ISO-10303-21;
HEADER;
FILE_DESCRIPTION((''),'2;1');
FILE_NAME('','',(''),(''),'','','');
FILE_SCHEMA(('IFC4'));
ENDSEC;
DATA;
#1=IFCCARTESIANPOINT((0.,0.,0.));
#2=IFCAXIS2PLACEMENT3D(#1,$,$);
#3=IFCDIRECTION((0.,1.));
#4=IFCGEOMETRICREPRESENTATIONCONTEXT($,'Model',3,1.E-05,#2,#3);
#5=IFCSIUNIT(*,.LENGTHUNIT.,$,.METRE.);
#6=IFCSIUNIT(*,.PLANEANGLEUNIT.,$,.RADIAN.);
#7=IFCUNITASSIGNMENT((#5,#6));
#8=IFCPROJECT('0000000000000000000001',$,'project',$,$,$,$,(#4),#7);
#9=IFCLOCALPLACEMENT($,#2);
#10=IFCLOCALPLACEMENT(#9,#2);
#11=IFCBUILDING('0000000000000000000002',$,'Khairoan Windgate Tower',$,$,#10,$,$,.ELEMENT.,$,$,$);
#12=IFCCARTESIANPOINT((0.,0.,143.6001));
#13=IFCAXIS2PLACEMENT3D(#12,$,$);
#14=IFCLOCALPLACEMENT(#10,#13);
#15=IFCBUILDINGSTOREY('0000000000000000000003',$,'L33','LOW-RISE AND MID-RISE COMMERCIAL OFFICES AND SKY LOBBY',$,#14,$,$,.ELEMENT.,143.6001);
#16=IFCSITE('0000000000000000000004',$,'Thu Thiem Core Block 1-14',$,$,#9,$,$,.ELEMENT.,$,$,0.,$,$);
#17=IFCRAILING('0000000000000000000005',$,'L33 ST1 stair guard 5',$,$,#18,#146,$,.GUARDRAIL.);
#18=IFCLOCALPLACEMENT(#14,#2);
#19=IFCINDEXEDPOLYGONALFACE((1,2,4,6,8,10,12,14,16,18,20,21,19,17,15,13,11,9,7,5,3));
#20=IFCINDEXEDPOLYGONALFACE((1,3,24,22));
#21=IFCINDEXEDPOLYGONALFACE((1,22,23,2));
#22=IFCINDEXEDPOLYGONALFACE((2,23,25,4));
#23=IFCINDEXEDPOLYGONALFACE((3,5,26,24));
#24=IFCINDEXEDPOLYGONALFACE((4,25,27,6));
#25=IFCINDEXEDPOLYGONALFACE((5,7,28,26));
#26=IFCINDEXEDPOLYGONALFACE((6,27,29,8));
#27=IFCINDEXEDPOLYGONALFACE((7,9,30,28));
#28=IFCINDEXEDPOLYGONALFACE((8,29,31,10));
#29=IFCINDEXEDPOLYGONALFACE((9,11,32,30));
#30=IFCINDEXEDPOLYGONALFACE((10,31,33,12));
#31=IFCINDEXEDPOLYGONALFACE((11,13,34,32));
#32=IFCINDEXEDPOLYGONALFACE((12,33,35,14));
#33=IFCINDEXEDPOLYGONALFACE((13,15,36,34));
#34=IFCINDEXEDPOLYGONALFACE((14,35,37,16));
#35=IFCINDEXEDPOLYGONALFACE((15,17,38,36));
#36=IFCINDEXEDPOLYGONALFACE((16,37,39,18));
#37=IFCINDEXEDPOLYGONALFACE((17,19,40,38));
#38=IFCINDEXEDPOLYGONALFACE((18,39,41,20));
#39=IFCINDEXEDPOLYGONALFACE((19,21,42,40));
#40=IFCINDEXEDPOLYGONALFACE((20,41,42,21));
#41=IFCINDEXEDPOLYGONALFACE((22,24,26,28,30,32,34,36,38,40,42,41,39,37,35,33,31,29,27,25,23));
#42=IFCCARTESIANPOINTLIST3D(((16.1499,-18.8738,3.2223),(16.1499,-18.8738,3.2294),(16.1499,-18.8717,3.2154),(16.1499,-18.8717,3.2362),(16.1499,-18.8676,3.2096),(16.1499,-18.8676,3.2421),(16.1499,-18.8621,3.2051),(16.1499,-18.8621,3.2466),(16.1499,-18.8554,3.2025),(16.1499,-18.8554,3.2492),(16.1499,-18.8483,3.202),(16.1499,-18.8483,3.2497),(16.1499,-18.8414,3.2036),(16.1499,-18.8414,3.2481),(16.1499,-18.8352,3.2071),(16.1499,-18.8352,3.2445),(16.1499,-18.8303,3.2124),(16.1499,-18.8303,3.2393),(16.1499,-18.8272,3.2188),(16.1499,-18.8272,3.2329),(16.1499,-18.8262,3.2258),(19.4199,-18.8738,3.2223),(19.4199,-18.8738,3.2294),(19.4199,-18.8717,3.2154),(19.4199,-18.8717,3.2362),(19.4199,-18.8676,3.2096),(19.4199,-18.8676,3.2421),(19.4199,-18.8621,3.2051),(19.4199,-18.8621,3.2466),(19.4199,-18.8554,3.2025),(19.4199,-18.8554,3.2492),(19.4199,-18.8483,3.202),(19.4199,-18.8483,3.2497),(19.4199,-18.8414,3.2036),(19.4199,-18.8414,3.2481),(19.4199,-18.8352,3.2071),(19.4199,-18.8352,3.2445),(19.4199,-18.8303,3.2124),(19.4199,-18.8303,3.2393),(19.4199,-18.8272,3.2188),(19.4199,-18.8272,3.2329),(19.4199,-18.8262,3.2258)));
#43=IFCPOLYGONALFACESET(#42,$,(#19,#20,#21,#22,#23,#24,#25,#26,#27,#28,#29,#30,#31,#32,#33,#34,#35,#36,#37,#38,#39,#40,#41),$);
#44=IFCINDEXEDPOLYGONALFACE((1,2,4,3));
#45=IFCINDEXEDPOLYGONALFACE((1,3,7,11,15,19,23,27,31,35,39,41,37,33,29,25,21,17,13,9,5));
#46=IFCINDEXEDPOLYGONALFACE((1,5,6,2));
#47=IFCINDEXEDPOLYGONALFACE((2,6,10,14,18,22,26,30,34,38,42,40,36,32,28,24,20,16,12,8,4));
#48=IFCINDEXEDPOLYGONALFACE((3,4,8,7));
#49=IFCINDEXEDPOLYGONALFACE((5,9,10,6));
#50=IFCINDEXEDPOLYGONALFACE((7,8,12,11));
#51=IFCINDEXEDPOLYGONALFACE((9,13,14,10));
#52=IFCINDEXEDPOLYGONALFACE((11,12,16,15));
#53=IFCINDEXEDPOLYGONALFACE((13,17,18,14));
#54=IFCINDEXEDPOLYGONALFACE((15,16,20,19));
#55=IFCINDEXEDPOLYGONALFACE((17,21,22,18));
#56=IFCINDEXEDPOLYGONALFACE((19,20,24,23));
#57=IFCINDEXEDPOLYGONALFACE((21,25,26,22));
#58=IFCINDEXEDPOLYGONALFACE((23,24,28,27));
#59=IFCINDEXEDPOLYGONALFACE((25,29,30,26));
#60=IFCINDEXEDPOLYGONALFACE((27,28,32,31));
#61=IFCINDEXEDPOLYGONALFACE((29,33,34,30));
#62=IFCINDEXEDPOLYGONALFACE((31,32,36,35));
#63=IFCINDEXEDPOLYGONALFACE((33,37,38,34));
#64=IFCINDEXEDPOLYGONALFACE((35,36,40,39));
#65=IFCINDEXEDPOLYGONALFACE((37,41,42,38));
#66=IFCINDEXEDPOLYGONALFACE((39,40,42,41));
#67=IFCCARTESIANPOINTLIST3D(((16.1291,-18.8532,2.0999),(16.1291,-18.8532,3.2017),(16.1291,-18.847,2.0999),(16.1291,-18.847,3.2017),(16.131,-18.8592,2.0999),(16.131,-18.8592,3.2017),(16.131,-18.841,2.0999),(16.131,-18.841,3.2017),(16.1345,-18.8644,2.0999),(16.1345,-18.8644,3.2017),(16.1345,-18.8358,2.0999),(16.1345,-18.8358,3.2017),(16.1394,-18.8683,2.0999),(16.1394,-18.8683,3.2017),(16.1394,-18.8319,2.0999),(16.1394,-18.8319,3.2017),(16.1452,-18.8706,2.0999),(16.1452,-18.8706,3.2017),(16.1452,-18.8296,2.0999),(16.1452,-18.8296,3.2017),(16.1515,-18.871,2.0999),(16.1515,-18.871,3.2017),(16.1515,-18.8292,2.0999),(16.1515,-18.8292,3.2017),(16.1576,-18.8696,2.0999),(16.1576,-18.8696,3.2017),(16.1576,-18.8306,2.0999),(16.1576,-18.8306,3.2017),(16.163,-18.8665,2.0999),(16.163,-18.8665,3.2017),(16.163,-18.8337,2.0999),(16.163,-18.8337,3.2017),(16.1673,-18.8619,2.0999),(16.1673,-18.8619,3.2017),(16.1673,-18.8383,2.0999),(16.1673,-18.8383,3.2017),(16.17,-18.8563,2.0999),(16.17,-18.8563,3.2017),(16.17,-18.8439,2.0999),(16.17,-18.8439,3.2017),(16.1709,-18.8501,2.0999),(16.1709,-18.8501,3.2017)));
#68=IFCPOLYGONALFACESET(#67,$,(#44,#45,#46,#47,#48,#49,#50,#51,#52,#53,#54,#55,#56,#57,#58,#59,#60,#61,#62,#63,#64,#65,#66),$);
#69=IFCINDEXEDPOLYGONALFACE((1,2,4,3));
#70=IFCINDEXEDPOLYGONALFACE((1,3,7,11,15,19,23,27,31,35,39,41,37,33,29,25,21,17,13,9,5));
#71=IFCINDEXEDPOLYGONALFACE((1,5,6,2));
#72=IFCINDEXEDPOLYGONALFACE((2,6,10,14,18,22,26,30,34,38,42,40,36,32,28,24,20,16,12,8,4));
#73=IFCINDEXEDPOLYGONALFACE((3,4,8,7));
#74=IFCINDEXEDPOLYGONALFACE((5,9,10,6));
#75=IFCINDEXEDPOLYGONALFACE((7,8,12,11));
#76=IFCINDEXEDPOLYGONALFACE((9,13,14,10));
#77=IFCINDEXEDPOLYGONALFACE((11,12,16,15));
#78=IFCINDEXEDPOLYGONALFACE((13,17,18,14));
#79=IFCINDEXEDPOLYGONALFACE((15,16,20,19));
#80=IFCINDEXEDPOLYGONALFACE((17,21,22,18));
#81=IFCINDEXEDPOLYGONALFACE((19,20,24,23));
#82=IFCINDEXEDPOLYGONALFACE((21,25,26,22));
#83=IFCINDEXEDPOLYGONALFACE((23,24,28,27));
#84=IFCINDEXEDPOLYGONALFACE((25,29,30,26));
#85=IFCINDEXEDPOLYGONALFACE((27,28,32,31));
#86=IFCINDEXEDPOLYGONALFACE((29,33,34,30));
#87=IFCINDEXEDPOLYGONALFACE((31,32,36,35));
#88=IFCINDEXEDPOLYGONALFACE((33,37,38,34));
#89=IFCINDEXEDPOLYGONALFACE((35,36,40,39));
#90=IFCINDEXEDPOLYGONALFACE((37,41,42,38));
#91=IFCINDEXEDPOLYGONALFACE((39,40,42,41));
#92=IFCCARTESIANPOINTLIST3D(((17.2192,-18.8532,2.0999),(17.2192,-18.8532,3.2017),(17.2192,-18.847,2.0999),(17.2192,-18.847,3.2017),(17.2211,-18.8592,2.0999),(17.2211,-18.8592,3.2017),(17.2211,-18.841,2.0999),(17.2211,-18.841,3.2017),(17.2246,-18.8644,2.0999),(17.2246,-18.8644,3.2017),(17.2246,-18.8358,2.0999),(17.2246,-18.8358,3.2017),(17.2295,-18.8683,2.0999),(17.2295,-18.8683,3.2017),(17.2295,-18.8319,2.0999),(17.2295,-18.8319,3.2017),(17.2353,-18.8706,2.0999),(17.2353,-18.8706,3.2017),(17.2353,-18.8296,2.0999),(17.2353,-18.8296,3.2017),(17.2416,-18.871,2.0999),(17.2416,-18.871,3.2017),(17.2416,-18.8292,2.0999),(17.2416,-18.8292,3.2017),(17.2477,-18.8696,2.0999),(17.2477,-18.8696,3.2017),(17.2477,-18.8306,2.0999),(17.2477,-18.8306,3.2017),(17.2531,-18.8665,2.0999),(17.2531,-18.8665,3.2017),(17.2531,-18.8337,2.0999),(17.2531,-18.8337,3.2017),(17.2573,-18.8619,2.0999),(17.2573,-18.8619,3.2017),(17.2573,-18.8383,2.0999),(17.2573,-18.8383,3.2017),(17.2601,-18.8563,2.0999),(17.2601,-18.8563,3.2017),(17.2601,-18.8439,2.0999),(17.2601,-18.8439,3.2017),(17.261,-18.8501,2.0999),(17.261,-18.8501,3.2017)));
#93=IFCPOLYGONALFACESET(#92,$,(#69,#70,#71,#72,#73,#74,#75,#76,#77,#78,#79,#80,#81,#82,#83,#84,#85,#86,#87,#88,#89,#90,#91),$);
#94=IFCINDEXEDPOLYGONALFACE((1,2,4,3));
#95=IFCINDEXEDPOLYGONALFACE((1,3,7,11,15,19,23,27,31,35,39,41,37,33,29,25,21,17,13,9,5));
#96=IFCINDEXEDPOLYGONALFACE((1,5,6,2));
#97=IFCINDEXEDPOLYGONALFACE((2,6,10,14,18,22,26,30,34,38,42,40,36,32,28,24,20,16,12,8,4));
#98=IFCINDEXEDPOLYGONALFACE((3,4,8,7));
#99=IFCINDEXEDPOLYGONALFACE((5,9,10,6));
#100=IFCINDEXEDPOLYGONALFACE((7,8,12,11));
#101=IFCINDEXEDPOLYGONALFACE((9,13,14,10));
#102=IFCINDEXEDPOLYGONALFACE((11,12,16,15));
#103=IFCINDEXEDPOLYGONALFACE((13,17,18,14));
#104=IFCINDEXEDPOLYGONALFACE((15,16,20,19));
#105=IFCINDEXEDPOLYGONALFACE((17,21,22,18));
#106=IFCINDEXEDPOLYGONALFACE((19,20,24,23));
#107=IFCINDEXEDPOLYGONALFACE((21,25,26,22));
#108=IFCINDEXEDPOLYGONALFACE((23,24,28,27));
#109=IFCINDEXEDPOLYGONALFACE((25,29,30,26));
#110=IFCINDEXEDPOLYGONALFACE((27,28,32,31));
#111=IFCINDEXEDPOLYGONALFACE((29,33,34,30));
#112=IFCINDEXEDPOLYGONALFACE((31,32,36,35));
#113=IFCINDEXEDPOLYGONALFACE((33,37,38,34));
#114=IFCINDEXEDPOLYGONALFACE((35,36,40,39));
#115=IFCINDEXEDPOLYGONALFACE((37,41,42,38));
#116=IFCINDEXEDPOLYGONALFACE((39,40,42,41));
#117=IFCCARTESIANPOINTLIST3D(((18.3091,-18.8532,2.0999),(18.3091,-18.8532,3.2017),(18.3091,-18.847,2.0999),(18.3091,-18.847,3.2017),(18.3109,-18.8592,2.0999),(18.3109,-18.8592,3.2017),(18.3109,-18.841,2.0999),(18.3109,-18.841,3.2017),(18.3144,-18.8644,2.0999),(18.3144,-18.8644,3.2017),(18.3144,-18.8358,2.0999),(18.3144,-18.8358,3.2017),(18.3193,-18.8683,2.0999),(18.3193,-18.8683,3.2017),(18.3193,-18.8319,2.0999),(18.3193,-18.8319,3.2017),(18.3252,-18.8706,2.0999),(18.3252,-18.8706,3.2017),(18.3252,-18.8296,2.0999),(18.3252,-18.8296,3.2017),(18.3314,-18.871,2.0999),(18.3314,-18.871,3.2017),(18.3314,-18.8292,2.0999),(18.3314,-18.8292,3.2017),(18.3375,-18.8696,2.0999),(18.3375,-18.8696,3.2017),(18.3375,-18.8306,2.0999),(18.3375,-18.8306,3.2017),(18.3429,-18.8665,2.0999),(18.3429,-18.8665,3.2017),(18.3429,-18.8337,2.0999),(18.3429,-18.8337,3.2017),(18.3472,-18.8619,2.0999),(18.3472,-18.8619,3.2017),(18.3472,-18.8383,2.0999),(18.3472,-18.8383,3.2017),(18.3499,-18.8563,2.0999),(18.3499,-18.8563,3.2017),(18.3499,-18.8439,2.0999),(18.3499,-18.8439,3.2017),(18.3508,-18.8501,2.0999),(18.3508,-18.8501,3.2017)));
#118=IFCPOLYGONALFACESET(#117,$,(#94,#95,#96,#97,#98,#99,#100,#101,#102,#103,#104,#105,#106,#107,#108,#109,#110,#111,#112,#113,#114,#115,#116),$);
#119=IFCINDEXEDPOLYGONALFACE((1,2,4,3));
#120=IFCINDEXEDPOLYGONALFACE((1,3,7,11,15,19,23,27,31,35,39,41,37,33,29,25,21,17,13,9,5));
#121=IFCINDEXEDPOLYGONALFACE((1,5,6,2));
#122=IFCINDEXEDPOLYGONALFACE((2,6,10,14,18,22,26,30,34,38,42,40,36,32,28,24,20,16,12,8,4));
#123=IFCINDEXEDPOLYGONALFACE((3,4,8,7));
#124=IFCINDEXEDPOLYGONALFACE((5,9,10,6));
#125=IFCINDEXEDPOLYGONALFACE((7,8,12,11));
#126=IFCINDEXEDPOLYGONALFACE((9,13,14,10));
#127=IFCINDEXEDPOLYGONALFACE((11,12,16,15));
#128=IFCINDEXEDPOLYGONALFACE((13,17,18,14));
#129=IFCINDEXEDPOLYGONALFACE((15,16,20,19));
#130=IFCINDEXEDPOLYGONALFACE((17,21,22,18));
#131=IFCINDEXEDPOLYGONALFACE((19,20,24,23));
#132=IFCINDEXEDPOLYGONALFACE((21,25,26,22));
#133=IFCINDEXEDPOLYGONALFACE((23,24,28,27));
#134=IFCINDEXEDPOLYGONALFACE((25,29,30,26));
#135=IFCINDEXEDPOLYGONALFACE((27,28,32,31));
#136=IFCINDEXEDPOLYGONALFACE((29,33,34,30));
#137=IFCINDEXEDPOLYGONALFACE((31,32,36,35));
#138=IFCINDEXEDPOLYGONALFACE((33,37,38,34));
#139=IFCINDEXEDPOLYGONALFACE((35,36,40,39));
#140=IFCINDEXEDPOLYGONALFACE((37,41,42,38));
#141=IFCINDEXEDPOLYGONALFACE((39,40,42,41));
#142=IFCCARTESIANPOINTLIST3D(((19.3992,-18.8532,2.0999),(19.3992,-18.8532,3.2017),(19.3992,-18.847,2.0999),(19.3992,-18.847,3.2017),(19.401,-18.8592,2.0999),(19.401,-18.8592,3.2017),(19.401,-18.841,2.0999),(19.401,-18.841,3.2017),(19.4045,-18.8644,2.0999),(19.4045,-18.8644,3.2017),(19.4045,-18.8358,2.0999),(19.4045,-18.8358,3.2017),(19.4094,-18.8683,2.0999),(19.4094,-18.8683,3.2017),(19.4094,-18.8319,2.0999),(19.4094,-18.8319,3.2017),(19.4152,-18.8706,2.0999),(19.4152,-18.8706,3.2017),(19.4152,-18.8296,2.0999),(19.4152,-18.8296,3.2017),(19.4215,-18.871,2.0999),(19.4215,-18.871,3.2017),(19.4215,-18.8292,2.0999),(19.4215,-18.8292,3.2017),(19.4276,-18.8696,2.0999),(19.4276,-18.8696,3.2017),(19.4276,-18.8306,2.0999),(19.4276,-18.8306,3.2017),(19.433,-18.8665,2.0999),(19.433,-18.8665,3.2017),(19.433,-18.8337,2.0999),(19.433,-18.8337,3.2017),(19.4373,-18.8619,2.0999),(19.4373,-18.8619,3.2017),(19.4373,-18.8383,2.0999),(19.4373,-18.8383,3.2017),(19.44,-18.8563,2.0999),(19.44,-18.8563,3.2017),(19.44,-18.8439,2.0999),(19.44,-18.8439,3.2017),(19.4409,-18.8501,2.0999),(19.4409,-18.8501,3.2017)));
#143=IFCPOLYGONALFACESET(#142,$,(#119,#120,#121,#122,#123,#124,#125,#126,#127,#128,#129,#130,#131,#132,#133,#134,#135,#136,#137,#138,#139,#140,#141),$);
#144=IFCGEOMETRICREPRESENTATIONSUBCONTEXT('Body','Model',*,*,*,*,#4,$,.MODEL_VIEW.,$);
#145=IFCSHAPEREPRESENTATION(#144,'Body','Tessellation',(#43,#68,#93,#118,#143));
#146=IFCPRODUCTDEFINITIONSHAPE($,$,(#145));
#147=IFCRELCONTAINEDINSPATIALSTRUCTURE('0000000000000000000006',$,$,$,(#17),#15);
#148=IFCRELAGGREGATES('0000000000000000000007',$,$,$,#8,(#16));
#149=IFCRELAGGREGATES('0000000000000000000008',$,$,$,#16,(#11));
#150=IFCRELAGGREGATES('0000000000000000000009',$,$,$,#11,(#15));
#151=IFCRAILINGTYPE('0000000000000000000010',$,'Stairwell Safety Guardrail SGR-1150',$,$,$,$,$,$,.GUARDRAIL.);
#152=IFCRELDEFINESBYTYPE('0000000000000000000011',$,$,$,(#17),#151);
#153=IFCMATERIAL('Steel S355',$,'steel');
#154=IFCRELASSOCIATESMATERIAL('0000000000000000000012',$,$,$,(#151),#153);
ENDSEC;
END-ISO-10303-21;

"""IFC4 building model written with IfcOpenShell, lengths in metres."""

from ifc_helpers import new_model, si_unit, direction, frame, origin, origin_2d, place, context, subcontext, project, spatial, circle, extrude, material, type_object, element, save


model = new_model("IFC4")

# Units and contexts
model_context = context("Model", 3, precision=1e-05, world=origin(), true_north=direction((0.0, 1.0)))
body_context = subcontext(model_context, "Body", "Model", "MODEL_VIEW")
ifc_project = project(units=[si_unit("LENGTHUNIT", "METRE"), si_unit("PLANEANGLEUNIT", "RADIAN")], contexts=[model_context])

# Site, building, storey
site_placement = place(None, origin())
site = spatial("IfcSite", under=ifc_project, at=site_placement, Name="Thu Thiem Core Block 1-14", CompositionType="ELEMENT", RefElevation=0.0)
building_placement = place(site_placement, origin())
building = spatial("IfcBuilding", under=site, at=building_placement, Name="Khairoan Windgate Tower", CompositionType="ELEMENT")
storey_placement = place(building_placement, frame((0.0, 0.0, 143.6001)))
storey = spatial("IfcBuildingStorey", under=building, at=storey_placement, Name="L33", Description="LOW-RISE AND MID-RISE COMMERCIAL OFFICES AND SKY LOBBY", CompositionType="ELEMENT", Elevation=143.6001)

# Railing
ifc_material_1 = material(Name="Steel S355", Category="steel")
railing_type = type_object("IfcRailingType", Name="Stairwell Safety Guardrail SGR-1150", PredefinedType="GUARDRAIL", material=ifc_material_1)
railing_1_placement = place(storey_placement, frame((16.1499, -18.8501, 2.0999)))
element("IfcRailing", 1, at=railing_1_placement, inside=storey, type_object=railing_type, Name="L33 ST1 stair guard 5", PredefinedType="GUARDRAIL", context=body_context, shape_type="SweptSolid", body=[
    extrude(circle(Radius=0.0239, at=origin_2d()), frame((0.0, 0.0, 1.126), z_axis=(1.0, 0.0, 0.0), x_axis=(0.0, 1.0, 0.0)), (0.0, 0.0, 1.0), 3.27),
    extrude(circle(Radius=0.021, at=origin_2d()), origin(), (0.0, 0.0, 1.0), 1.1018),
    extrude(circle(Radius=0.021, at=origin_2d()), frame((1.0901, 0.0, 0.0)), (0.0, 0.0, 1.0), 1.1018),
    extrude(circle(Radius=0.021, at=origin_2d()), frame((2.1799, 0.0, 0.0)), (0.0, 0.0, 1.0), 1.1018),
    extrude(circle(Radius=0.021, at=origin_2d()), frame((3.27, 0.0, 0.0)), (0.0, 0.0, 1.0), 1.1018),
])

save(model, "model.ifc")
